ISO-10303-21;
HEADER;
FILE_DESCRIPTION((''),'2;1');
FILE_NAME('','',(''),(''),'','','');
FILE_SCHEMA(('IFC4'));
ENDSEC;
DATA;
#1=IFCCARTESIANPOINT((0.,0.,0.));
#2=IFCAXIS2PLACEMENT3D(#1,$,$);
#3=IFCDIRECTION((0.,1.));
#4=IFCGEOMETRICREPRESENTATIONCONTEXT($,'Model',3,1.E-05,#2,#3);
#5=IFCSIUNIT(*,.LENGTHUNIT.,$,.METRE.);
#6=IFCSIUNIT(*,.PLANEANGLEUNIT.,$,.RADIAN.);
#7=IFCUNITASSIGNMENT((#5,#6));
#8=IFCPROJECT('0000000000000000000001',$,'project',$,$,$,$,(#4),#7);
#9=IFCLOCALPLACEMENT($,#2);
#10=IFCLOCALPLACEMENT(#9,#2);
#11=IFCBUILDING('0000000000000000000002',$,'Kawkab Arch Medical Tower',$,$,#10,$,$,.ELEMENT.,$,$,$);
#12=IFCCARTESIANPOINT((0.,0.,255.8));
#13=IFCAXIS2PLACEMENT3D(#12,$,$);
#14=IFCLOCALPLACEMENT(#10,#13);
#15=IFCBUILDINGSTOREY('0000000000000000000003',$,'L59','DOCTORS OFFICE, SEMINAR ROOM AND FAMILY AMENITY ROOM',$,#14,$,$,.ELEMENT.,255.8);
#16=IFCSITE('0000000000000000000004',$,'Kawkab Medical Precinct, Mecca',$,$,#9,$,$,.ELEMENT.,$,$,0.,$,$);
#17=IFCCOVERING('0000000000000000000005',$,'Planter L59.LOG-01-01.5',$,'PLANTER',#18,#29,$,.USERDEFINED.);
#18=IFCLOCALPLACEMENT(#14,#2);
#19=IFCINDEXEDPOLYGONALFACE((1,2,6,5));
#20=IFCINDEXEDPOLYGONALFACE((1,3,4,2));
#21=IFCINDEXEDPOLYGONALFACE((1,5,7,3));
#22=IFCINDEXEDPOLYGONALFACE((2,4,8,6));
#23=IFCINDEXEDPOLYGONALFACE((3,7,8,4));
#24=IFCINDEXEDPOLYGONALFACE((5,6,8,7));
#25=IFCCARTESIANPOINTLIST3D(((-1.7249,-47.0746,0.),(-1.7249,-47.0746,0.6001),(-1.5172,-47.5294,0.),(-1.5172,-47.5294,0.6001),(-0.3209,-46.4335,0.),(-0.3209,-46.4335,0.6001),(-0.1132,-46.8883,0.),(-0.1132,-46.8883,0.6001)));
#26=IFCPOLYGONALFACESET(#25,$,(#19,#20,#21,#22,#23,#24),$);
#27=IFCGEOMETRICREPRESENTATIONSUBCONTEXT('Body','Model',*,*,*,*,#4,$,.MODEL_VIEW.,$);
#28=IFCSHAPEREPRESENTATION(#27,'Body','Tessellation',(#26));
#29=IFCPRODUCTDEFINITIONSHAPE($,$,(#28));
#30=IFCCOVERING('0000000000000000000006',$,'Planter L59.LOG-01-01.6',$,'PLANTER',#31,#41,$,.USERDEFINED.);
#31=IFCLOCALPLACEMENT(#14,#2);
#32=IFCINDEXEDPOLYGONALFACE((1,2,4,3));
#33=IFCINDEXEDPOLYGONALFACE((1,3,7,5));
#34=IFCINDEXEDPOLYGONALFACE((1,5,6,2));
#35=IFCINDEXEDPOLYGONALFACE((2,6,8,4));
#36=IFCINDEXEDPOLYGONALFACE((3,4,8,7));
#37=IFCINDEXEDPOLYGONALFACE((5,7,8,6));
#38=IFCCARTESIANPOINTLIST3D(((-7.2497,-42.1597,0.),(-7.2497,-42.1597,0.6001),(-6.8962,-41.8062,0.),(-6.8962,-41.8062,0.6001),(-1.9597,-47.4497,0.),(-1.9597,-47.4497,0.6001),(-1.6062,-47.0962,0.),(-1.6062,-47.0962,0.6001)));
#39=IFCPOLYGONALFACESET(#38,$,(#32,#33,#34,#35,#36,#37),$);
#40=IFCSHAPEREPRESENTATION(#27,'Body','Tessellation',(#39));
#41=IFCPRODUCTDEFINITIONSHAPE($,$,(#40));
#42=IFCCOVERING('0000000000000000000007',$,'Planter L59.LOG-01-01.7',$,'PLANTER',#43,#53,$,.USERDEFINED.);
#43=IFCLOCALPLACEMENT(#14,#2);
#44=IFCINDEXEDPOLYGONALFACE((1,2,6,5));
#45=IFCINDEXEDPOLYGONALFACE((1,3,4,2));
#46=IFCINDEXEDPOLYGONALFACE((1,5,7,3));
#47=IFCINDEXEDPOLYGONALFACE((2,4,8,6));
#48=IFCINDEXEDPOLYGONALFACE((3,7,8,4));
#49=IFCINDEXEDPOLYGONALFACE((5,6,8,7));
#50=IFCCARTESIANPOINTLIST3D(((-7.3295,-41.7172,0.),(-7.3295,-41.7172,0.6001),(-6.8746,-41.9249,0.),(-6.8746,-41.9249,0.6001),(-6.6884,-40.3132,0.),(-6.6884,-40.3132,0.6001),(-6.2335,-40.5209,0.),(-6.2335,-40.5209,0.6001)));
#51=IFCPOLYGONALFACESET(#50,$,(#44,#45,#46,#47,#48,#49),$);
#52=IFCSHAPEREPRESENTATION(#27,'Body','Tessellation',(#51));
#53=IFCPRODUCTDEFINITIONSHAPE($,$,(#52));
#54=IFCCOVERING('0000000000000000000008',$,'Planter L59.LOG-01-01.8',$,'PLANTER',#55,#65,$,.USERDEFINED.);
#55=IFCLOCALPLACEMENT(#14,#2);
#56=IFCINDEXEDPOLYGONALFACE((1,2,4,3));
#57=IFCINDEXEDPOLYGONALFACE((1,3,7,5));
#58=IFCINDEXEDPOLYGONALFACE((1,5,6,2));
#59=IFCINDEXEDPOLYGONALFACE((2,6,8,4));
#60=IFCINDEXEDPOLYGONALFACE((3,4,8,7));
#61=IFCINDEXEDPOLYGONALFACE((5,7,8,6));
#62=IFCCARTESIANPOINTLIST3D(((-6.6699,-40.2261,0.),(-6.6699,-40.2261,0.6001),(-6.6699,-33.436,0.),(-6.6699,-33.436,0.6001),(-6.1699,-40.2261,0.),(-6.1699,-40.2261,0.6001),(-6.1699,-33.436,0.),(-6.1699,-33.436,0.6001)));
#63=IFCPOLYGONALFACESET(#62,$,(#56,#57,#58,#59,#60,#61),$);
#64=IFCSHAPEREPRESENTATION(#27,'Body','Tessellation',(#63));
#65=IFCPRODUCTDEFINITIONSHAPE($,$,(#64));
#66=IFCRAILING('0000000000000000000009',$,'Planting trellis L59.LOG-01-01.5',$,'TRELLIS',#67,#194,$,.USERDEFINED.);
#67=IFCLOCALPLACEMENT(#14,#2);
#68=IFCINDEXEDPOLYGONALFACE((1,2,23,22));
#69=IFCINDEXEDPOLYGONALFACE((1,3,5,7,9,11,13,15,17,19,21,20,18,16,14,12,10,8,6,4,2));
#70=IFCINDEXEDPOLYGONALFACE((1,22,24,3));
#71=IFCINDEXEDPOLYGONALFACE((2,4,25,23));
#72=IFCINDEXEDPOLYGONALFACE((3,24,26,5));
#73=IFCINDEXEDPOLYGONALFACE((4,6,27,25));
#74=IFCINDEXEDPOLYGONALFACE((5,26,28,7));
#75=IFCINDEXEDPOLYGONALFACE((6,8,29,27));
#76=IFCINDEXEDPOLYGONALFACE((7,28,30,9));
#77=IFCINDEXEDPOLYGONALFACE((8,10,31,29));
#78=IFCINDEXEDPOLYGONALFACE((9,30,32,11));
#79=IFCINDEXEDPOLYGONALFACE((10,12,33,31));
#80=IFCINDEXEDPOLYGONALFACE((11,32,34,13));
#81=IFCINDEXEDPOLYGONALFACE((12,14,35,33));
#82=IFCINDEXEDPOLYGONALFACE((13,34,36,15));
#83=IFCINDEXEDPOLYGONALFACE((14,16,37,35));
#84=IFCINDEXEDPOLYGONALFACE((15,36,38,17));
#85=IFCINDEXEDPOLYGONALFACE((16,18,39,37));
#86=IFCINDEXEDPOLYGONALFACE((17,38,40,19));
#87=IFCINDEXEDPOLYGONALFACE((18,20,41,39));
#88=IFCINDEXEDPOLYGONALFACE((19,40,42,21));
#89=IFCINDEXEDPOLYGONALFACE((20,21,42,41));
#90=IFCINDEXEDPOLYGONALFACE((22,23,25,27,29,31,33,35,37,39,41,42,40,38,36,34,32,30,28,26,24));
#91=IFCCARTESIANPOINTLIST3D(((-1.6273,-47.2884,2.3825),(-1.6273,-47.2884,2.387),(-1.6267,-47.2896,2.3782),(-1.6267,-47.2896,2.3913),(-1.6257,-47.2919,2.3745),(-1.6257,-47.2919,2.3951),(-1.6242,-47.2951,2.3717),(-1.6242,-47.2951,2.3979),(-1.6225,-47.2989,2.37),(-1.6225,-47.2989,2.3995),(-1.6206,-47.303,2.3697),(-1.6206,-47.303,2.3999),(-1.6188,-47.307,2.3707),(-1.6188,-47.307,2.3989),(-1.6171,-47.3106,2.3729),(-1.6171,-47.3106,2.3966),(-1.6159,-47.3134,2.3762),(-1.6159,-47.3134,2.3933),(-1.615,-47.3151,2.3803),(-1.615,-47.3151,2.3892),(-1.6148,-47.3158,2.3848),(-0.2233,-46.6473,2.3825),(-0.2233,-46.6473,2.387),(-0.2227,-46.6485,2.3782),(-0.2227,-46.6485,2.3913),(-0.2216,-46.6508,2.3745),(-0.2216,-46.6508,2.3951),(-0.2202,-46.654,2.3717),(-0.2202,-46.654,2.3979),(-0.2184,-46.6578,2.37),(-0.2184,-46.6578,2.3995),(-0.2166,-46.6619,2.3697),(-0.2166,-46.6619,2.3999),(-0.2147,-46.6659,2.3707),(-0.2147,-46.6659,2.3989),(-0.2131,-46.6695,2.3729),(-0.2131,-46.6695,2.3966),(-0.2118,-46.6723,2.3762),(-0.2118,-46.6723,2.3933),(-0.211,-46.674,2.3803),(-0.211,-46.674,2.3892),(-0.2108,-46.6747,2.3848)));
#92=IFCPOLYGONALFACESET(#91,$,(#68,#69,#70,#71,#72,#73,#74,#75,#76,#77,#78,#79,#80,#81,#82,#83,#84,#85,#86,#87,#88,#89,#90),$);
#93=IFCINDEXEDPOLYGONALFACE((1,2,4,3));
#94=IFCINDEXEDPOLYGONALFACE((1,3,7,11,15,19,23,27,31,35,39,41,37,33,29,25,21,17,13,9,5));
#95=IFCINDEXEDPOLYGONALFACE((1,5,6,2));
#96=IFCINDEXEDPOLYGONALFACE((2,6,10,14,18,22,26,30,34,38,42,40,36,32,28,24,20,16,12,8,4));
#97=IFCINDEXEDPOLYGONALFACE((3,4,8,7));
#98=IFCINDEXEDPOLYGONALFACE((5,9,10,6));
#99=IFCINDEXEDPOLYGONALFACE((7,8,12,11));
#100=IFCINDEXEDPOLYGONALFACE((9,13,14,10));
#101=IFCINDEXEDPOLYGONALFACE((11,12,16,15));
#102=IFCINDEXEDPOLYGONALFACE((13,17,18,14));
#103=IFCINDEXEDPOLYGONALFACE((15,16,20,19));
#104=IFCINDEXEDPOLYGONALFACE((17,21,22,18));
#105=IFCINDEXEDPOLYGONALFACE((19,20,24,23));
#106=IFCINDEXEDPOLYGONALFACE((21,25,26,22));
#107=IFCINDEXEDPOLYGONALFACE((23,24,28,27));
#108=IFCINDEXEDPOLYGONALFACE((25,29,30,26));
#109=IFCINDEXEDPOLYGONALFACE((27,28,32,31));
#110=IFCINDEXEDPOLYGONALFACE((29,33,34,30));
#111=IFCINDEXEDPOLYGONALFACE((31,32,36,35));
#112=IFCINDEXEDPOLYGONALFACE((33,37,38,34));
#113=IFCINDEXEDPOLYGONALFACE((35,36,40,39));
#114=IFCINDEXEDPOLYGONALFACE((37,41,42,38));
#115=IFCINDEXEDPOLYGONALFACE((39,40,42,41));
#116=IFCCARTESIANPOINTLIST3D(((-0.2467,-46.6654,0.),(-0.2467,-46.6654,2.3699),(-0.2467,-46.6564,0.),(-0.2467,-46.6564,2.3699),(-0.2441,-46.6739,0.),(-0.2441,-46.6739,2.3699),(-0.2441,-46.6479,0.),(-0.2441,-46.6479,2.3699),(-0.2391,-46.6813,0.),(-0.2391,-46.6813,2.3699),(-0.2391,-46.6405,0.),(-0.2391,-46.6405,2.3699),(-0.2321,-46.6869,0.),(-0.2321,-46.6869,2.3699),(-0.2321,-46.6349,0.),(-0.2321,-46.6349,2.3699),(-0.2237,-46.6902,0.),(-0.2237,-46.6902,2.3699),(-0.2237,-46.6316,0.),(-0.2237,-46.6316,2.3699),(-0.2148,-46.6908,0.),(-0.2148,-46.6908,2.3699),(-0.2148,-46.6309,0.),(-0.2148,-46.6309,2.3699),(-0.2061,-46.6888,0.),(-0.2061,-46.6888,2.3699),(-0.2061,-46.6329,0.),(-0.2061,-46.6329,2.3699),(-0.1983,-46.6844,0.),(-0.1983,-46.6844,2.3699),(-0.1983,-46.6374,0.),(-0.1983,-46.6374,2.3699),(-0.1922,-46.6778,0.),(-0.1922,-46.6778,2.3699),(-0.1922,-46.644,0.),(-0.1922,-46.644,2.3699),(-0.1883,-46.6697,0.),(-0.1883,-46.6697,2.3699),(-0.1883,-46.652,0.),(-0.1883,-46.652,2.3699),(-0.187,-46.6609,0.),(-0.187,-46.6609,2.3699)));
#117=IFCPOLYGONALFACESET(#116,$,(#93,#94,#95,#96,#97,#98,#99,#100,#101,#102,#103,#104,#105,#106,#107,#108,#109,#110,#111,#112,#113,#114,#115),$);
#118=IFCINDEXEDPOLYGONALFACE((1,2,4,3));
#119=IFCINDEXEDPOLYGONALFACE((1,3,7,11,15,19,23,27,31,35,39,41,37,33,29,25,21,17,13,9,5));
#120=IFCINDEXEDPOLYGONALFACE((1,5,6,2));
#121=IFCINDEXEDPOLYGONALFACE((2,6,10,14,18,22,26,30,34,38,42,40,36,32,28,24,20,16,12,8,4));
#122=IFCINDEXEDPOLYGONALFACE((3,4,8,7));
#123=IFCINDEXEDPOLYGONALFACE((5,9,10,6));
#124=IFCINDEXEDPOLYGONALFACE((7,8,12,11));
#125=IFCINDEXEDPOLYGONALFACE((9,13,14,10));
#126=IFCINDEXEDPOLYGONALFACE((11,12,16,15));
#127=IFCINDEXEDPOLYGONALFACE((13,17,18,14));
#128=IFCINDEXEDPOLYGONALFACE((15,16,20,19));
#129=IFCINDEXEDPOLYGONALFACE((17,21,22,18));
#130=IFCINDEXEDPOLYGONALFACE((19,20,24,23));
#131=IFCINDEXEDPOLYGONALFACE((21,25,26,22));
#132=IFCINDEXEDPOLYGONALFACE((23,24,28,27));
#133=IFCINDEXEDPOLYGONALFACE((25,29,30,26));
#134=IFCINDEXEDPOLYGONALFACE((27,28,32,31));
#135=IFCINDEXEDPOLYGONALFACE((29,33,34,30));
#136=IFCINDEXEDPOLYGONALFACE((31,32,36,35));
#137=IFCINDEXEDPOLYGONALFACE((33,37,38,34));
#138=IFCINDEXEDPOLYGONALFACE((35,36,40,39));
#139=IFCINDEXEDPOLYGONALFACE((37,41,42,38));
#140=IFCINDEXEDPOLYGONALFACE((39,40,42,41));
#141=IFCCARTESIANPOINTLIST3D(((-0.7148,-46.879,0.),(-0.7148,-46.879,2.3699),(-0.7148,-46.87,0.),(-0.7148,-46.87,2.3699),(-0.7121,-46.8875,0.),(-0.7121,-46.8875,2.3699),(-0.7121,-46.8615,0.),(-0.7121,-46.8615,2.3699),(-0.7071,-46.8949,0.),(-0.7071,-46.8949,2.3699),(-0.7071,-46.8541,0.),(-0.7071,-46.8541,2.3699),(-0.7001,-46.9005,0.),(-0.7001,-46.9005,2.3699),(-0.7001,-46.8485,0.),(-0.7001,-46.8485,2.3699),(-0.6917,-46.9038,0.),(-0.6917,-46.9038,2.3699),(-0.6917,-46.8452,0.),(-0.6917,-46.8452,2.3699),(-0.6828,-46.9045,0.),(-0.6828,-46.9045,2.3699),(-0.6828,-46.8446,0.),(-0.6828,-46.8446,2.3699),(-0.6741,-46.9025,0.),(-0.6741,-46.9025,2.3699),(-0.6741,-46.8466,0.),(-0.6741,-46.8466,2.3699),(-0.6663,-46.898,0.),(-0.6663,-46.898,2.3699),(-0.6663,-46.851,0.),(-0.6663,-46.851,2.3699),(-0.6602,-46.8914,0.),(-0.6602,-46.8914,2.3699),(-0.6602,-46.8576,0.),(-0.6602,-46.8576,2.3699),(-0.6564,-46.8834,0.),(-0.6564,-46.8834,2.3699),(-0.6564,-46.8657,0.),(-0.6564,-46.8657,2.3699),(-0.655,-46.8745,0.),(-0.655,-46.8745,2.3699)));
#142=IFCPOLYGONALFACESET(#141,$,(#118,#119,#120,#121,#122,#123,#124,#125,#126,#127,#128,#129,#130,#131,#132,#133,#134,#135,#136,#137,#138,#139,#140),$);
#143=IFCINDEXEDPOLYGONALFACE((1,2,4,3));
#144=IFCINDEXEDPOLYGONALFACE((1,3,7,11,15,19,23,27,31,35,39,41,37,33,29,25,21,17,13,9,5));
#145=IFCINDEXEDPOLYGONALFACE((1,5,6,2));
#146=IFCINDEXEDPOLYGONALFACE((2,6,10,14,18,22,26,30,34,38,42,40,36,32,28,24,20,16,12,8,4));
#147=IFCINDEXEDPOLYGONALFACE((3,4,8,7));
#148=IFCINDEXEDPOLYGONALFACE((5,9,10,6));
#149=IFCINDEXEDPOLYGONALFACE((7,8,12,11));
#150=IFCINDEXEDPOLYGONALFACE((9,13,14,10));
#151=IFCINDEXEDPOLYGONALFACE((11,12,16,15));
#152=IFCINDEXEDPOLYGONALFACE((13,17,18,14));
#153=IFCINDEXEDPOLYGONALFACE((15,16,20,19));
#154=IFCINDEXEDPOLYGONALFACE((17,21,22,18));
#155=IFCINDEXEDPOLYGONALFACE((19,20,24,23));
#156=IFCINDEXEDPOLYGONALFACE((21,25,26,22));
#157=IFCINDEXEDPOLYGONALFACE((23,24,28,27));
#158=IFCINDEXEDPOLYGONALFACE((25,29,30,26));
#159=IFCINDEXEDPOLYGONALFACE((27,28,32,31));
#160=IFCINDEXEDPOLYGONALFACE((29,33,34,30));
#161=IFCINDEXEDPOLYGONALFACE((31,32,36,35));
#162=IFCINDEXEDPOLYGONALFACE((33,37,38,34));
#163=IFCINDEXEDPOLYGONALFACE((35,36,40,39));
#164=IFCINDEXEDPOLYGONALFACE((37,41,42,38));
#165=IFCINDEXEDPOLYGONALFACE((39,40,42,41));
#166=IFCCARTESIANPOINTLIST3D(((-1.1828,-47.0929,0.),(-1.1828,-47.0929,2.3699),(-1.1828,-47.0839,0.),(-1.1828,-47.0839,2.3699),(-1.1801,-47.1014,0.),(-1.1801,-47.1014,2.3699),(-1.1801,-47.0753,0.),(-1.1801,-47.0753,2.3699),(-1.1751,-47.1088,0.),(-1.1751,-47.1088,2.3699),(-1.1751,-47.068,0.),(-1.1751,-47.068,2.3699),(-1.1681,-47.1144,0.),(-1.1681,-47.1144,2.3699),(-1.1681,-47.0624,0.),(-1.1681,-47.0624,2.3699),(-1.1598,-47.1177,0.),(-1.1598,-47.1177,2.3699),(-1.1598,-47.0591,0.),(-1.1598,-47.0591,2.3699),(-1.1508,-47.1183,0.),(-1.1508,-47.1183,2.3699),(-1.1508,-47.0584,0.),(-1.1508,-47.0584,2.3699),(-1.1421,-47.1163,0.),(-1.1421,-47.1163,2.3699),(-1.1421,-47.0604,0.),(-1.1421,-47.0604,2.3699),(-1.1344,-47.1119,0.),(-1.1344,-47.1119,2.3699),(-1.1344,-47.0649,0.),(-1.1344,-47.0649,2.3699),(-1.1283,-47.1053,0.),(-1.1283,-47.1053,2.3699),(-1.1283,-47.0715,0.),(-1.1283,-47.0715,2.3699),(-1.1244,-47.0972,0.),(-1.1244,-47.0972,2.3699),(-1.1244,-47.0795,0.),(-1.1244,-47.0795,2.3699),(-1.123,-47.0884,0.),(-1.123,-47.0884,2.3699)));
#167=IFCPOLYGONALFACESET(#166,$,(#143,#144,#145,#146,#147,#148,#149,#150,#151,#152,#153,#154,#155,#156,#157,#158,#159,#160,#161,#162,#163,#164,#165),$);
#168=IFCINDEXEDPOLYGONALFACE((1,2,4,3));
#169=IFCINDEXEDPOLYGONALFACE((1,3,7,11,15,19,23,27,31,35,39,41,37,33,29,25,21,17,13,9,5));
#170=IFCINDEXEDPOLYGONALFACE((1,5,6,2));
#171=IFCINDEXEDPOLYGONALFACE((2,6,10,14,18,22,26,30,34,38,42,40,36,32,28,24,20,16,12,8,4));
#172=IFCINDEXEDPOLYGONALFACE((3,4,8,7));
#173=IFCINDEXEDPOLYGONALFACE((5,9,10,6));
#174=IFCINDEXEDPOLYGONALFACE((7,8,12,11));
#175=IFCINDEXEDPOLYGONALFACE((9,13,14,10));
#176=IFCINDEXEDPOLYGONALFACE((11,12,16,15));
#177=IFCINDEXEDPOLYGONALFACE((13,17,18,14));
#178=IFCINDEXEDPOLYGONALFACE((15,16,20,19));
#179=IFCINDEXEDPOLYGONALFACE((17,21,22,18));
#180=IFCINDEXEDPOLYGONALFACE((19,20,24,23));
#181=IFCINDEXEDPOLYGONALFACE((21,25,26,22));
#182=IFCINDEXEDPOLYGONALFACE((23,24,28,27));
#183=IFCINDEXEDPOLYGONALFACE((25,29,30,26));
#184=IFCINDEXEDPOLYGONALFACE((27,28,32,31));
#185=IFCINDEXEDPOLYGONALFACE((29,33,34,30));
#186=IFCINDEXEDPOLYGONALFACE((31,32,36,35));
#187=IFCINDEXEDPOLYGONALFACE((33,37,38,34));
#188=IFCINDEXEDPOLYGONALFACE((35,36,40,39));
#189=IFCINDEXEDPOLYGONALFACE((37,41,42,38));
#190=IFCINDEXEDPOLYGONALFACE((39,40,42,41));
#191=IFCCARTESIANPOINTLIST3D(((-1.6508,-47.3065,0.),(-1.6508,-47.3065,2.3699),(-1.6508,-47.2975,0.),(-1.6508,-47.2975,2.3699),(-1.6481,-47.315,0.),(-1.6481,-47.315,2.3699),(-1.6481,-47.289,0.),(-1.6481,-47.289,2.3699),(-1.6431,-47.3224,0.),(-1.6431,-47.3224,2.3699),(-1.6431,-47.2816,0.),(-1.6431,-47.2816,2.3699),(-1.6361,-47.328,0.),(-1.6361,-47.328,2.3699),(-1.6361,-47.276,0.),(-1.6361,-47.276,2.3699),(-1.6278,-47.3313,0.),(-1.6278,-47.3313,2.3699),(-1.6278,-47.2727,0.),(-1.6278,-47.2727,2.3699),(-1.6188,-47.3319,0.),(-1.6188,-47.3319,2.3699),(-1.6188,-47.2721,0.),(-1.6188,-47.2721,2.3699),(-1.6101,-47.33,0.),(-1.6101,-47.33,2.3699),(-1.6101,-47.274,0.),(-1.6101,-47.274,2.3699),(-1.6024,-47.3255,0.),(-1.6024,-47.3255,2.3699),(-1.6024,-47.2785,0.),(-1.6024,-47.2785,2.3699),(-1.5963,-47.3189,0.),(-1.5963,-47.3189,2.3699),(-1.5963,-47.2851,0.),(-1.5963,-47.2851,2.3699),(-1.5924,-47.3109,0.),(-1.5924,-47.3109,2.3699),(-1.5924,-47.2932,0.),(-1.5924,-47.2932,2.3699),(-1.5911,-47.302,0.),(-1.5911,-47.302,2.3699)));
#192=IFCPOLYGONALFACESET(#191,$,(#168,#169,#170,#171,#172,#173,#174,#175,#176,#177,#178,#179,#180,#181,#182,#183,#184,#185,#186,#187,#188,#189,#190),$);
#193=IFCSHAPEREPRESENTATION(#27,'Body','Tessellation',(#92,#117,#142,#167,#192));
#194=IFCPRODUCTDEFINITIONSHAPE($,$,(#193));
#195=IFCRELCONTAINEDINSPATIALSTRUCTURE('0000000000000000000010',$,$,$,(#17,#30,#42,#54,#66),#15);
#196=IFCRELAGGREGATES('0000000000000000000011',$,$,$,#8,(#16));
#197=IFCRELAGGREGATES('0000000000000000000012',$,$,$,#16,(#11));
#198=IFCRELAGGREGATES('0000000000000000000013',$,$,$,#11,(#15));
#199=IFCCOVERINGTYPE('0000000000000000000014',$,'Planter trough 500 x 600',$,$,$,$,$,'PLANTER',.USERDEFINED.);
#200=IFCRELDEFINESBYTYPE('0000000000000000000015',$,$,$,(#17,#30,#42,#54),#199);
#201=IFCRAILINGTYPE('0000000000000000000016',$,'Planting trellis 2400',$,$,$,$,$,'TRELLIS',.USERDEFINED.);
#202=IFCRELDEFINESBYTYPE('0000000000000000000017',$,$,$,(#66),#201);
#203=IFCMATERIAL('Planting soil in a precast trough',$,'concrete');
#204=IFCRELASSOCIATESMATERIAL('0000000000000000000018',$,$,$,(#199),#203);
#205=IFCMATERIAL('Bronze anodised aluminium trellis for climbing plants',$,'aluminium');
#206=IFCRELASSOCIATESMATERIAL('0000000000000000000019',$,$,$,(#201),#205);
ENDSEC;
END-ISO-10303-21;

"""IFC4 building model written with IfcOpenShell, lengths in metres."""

from ifc_helpers import new_model, si_unit, direction, frame, origin, origin_2d, place, context, subcontext, project, spatial, rectangle, circle, extrude, material, material_profile, profile_set, type_object, element, save


model = new_model("IFC4")

# Units and contexts
model_context = context("Model", 3, precision=1e-05, world=origin(), true_north=direction((0.0, 1.0)))
body_context = subcontext(model_context, "Body", "Model", "MODEL_VIEW")
ifc_project = project(units=[si_unit("LENGTHUNIT", "METRE"), si_unit("PLANEANGLEUNIT", "RADIAN")], contexts=[model_context])

# Site, building, storey
site_placement = place(None, origin())
site = spatial("IfcSite", under=ifc_project, at=site_placement, Name="Kawkab Medical Precinct, Mecca", CompositionType="ELEMENT", RefElevation=0.0)
building_placement = place(site_placement, origin())
building = spatial("IfcBuilding", under=site, at=building_placement, Name="Kawkab Arch Medical Tower", CompositionType="ELEMENT")
storey_placement = place(building_placement, frame((0.0, 0.0, 255.8)))
storey = spatial("IfcBuildingStorey", under=building, at=storey_placement, Name="L59", Description="DOCTORS OFFICE, SEMINAR ROOM AND FAMILY AMENITY ROOM", CompositionType="ELEMENT", Elevation=255.8)

# Coverings
ifc_material_1 = material(Name="Planting soil in a precast trough", Category="concrete")
ifc_material_profile_1 = material_profile(ifc_material_1, rectangle(XDim=0.5, YDim=0.6001, at=origin_2d()), Name="Trough 500x600")
ifc_profile_set_1 = profile_set([ifc_material_profile_1], Name="Planting soil in a precast trough")
covering_type_1 = type_object("IfcCoveringType", Name="Planter trough 500 x 600", ElementType="PLANTER", PredefinedType="USERDEFINED", material=ifc_profile_set_1)
covering_1_placement = place(storey_placement, frame((-0.217, -46.6609, 0.3), z_axis=(-0.909656, -0.415363, 0.0), x_axis=(0.415363, -0.909656, 0.0)))
element("IfcCovering", 1, at=covering_1_placement, inside=storey, type_object=covering_type_1, Name="Planter L59.LOG-01-01.5", ObjectType="PLANTER", PredefinedType="USERDEFINED", context=body_context, shape_type="SweptSolid", body=[
    extrude(rectangle(XDim=0.5, YDim=0.6001, at=origin_2d()), origin(), (0.0, 0.0, 1.0), 1.5435),
])
covering_2_placement = place(storey_placement, frame((-1.783, -47.2729, 0.3), z_axis=(-0.707107, 0.707107, 0.0), x_axis=(-0.707107, -0.707107, 0.0)))
element("IfcCovering", 2, at=covering_2_placement, inside=storey, type_object=covering_type_1, Name="Planter L59.LOG-01-01.6", ObjectType="PLANTER", PredefinedType="USERDEFINED", context=body_context, shape_type="SweptSolid", body=[
    extrude(rectangle(XDim=0.5, YDim=0.6001, at=origin_2d()), origin(), (0.0, 0.0, 1.0), 7.4812),
])
covering_3_placement = place(storey_placement, frame((-7.1021, -41.821, 0.3), z_axis=(0.415363, 0.909656, 0.0), x_axis=(-0.909656, 0.415363, 0.0)))
element("IfcCovering", 3, at=covering_3_placement, inside=storey, type_object=covering_type_1, Name="Planter L59.LOG-01-01.7", ObjectType="PLANTER", PredefinedType="USERDEFINED", context=body_context, shape_type="SweptSolid", body=[
    extrude(rectangle(XDim=0.5, YDim=0.6001, at=origin_2d()), origin(), (0.0, 0.0, 1.0), 1.5435),
])
covering_4_placement = place(storey_placement, frame((-6.4199, -40.2261, 0.3), z_axis=(0.0, 1.0, 0.0), x_axis=(-1.0, 0.0, 0.0)))
element("IfcCovering", 4, at=covering_4_placement, inside=storey, type_object=covering_type_1, Name="Planter L59.LOG-01-01.8", ObjectType="PLANTER", PredefinedType="USERDEFINED", context=body_context, shape_type="SweptSolid", body=[
    extrude(rectangle(XDim=0.5, YDim=0.6001, at=origin_2d()), origin(), (0.0, 0.0, 1.0), 6.79),
])

# Railing
ifc_material_2 = material(Name="Bronze anodised aluminium trellis for climbing plants", Category="aluminium")
railing_type = type_object("IfcRailingType", Name="Planting trellis 2400", ElementType="TRELLIS", PredefinedType="USERDEFINED", material=ifc_material_2)
railing_1_placement = place(storey_placement, frame((-0.217, -46.6609, 0.0)))
element("IfcRailing", 5, at=railing_1_placement, inside=storey, type_object=railing_type, Name="Planting trellis L59.LOG-01-01.5", ObjectType="TRELLIS", PredefinedType="USERDEFINED", context=body_context, shape_type="SweptSolid", body=[
    extrude(circle(Radius=0.0151, at=origin_2d()), frame((0.0, 0.0, 2.3848), z_axis=(-0.909656, -0.415363, 0.0), x_axis=(0.415363, -0.909656, 0.0)), (0.0, 0.0, 1.0), 1.5435),
    extrude(circle(Radius=0.03, at=origin_2d()), origin(), (0.0, 0.0, 1.0), 2.3699),
    extrude(circle(Radius=0.03, at=origin_2d()), frame((-0.468, -0.2136, 0.0)), (0.0, 0.0, 1.0), 2.3699),
    extrude(circle(Radius=0.03, at=origin_2d()), frame((-0.936, -0.4275, 0.0)), (0.0, 0.0, 1.0), 2.3699),
    extrude(circle(Radius=0.03, at=origin_2d()), frame((-1.4041, -0.6411, 0.0)), (0.0, 0.0, 1.0), 2.3699),
])

save(model, "model.ifc")
